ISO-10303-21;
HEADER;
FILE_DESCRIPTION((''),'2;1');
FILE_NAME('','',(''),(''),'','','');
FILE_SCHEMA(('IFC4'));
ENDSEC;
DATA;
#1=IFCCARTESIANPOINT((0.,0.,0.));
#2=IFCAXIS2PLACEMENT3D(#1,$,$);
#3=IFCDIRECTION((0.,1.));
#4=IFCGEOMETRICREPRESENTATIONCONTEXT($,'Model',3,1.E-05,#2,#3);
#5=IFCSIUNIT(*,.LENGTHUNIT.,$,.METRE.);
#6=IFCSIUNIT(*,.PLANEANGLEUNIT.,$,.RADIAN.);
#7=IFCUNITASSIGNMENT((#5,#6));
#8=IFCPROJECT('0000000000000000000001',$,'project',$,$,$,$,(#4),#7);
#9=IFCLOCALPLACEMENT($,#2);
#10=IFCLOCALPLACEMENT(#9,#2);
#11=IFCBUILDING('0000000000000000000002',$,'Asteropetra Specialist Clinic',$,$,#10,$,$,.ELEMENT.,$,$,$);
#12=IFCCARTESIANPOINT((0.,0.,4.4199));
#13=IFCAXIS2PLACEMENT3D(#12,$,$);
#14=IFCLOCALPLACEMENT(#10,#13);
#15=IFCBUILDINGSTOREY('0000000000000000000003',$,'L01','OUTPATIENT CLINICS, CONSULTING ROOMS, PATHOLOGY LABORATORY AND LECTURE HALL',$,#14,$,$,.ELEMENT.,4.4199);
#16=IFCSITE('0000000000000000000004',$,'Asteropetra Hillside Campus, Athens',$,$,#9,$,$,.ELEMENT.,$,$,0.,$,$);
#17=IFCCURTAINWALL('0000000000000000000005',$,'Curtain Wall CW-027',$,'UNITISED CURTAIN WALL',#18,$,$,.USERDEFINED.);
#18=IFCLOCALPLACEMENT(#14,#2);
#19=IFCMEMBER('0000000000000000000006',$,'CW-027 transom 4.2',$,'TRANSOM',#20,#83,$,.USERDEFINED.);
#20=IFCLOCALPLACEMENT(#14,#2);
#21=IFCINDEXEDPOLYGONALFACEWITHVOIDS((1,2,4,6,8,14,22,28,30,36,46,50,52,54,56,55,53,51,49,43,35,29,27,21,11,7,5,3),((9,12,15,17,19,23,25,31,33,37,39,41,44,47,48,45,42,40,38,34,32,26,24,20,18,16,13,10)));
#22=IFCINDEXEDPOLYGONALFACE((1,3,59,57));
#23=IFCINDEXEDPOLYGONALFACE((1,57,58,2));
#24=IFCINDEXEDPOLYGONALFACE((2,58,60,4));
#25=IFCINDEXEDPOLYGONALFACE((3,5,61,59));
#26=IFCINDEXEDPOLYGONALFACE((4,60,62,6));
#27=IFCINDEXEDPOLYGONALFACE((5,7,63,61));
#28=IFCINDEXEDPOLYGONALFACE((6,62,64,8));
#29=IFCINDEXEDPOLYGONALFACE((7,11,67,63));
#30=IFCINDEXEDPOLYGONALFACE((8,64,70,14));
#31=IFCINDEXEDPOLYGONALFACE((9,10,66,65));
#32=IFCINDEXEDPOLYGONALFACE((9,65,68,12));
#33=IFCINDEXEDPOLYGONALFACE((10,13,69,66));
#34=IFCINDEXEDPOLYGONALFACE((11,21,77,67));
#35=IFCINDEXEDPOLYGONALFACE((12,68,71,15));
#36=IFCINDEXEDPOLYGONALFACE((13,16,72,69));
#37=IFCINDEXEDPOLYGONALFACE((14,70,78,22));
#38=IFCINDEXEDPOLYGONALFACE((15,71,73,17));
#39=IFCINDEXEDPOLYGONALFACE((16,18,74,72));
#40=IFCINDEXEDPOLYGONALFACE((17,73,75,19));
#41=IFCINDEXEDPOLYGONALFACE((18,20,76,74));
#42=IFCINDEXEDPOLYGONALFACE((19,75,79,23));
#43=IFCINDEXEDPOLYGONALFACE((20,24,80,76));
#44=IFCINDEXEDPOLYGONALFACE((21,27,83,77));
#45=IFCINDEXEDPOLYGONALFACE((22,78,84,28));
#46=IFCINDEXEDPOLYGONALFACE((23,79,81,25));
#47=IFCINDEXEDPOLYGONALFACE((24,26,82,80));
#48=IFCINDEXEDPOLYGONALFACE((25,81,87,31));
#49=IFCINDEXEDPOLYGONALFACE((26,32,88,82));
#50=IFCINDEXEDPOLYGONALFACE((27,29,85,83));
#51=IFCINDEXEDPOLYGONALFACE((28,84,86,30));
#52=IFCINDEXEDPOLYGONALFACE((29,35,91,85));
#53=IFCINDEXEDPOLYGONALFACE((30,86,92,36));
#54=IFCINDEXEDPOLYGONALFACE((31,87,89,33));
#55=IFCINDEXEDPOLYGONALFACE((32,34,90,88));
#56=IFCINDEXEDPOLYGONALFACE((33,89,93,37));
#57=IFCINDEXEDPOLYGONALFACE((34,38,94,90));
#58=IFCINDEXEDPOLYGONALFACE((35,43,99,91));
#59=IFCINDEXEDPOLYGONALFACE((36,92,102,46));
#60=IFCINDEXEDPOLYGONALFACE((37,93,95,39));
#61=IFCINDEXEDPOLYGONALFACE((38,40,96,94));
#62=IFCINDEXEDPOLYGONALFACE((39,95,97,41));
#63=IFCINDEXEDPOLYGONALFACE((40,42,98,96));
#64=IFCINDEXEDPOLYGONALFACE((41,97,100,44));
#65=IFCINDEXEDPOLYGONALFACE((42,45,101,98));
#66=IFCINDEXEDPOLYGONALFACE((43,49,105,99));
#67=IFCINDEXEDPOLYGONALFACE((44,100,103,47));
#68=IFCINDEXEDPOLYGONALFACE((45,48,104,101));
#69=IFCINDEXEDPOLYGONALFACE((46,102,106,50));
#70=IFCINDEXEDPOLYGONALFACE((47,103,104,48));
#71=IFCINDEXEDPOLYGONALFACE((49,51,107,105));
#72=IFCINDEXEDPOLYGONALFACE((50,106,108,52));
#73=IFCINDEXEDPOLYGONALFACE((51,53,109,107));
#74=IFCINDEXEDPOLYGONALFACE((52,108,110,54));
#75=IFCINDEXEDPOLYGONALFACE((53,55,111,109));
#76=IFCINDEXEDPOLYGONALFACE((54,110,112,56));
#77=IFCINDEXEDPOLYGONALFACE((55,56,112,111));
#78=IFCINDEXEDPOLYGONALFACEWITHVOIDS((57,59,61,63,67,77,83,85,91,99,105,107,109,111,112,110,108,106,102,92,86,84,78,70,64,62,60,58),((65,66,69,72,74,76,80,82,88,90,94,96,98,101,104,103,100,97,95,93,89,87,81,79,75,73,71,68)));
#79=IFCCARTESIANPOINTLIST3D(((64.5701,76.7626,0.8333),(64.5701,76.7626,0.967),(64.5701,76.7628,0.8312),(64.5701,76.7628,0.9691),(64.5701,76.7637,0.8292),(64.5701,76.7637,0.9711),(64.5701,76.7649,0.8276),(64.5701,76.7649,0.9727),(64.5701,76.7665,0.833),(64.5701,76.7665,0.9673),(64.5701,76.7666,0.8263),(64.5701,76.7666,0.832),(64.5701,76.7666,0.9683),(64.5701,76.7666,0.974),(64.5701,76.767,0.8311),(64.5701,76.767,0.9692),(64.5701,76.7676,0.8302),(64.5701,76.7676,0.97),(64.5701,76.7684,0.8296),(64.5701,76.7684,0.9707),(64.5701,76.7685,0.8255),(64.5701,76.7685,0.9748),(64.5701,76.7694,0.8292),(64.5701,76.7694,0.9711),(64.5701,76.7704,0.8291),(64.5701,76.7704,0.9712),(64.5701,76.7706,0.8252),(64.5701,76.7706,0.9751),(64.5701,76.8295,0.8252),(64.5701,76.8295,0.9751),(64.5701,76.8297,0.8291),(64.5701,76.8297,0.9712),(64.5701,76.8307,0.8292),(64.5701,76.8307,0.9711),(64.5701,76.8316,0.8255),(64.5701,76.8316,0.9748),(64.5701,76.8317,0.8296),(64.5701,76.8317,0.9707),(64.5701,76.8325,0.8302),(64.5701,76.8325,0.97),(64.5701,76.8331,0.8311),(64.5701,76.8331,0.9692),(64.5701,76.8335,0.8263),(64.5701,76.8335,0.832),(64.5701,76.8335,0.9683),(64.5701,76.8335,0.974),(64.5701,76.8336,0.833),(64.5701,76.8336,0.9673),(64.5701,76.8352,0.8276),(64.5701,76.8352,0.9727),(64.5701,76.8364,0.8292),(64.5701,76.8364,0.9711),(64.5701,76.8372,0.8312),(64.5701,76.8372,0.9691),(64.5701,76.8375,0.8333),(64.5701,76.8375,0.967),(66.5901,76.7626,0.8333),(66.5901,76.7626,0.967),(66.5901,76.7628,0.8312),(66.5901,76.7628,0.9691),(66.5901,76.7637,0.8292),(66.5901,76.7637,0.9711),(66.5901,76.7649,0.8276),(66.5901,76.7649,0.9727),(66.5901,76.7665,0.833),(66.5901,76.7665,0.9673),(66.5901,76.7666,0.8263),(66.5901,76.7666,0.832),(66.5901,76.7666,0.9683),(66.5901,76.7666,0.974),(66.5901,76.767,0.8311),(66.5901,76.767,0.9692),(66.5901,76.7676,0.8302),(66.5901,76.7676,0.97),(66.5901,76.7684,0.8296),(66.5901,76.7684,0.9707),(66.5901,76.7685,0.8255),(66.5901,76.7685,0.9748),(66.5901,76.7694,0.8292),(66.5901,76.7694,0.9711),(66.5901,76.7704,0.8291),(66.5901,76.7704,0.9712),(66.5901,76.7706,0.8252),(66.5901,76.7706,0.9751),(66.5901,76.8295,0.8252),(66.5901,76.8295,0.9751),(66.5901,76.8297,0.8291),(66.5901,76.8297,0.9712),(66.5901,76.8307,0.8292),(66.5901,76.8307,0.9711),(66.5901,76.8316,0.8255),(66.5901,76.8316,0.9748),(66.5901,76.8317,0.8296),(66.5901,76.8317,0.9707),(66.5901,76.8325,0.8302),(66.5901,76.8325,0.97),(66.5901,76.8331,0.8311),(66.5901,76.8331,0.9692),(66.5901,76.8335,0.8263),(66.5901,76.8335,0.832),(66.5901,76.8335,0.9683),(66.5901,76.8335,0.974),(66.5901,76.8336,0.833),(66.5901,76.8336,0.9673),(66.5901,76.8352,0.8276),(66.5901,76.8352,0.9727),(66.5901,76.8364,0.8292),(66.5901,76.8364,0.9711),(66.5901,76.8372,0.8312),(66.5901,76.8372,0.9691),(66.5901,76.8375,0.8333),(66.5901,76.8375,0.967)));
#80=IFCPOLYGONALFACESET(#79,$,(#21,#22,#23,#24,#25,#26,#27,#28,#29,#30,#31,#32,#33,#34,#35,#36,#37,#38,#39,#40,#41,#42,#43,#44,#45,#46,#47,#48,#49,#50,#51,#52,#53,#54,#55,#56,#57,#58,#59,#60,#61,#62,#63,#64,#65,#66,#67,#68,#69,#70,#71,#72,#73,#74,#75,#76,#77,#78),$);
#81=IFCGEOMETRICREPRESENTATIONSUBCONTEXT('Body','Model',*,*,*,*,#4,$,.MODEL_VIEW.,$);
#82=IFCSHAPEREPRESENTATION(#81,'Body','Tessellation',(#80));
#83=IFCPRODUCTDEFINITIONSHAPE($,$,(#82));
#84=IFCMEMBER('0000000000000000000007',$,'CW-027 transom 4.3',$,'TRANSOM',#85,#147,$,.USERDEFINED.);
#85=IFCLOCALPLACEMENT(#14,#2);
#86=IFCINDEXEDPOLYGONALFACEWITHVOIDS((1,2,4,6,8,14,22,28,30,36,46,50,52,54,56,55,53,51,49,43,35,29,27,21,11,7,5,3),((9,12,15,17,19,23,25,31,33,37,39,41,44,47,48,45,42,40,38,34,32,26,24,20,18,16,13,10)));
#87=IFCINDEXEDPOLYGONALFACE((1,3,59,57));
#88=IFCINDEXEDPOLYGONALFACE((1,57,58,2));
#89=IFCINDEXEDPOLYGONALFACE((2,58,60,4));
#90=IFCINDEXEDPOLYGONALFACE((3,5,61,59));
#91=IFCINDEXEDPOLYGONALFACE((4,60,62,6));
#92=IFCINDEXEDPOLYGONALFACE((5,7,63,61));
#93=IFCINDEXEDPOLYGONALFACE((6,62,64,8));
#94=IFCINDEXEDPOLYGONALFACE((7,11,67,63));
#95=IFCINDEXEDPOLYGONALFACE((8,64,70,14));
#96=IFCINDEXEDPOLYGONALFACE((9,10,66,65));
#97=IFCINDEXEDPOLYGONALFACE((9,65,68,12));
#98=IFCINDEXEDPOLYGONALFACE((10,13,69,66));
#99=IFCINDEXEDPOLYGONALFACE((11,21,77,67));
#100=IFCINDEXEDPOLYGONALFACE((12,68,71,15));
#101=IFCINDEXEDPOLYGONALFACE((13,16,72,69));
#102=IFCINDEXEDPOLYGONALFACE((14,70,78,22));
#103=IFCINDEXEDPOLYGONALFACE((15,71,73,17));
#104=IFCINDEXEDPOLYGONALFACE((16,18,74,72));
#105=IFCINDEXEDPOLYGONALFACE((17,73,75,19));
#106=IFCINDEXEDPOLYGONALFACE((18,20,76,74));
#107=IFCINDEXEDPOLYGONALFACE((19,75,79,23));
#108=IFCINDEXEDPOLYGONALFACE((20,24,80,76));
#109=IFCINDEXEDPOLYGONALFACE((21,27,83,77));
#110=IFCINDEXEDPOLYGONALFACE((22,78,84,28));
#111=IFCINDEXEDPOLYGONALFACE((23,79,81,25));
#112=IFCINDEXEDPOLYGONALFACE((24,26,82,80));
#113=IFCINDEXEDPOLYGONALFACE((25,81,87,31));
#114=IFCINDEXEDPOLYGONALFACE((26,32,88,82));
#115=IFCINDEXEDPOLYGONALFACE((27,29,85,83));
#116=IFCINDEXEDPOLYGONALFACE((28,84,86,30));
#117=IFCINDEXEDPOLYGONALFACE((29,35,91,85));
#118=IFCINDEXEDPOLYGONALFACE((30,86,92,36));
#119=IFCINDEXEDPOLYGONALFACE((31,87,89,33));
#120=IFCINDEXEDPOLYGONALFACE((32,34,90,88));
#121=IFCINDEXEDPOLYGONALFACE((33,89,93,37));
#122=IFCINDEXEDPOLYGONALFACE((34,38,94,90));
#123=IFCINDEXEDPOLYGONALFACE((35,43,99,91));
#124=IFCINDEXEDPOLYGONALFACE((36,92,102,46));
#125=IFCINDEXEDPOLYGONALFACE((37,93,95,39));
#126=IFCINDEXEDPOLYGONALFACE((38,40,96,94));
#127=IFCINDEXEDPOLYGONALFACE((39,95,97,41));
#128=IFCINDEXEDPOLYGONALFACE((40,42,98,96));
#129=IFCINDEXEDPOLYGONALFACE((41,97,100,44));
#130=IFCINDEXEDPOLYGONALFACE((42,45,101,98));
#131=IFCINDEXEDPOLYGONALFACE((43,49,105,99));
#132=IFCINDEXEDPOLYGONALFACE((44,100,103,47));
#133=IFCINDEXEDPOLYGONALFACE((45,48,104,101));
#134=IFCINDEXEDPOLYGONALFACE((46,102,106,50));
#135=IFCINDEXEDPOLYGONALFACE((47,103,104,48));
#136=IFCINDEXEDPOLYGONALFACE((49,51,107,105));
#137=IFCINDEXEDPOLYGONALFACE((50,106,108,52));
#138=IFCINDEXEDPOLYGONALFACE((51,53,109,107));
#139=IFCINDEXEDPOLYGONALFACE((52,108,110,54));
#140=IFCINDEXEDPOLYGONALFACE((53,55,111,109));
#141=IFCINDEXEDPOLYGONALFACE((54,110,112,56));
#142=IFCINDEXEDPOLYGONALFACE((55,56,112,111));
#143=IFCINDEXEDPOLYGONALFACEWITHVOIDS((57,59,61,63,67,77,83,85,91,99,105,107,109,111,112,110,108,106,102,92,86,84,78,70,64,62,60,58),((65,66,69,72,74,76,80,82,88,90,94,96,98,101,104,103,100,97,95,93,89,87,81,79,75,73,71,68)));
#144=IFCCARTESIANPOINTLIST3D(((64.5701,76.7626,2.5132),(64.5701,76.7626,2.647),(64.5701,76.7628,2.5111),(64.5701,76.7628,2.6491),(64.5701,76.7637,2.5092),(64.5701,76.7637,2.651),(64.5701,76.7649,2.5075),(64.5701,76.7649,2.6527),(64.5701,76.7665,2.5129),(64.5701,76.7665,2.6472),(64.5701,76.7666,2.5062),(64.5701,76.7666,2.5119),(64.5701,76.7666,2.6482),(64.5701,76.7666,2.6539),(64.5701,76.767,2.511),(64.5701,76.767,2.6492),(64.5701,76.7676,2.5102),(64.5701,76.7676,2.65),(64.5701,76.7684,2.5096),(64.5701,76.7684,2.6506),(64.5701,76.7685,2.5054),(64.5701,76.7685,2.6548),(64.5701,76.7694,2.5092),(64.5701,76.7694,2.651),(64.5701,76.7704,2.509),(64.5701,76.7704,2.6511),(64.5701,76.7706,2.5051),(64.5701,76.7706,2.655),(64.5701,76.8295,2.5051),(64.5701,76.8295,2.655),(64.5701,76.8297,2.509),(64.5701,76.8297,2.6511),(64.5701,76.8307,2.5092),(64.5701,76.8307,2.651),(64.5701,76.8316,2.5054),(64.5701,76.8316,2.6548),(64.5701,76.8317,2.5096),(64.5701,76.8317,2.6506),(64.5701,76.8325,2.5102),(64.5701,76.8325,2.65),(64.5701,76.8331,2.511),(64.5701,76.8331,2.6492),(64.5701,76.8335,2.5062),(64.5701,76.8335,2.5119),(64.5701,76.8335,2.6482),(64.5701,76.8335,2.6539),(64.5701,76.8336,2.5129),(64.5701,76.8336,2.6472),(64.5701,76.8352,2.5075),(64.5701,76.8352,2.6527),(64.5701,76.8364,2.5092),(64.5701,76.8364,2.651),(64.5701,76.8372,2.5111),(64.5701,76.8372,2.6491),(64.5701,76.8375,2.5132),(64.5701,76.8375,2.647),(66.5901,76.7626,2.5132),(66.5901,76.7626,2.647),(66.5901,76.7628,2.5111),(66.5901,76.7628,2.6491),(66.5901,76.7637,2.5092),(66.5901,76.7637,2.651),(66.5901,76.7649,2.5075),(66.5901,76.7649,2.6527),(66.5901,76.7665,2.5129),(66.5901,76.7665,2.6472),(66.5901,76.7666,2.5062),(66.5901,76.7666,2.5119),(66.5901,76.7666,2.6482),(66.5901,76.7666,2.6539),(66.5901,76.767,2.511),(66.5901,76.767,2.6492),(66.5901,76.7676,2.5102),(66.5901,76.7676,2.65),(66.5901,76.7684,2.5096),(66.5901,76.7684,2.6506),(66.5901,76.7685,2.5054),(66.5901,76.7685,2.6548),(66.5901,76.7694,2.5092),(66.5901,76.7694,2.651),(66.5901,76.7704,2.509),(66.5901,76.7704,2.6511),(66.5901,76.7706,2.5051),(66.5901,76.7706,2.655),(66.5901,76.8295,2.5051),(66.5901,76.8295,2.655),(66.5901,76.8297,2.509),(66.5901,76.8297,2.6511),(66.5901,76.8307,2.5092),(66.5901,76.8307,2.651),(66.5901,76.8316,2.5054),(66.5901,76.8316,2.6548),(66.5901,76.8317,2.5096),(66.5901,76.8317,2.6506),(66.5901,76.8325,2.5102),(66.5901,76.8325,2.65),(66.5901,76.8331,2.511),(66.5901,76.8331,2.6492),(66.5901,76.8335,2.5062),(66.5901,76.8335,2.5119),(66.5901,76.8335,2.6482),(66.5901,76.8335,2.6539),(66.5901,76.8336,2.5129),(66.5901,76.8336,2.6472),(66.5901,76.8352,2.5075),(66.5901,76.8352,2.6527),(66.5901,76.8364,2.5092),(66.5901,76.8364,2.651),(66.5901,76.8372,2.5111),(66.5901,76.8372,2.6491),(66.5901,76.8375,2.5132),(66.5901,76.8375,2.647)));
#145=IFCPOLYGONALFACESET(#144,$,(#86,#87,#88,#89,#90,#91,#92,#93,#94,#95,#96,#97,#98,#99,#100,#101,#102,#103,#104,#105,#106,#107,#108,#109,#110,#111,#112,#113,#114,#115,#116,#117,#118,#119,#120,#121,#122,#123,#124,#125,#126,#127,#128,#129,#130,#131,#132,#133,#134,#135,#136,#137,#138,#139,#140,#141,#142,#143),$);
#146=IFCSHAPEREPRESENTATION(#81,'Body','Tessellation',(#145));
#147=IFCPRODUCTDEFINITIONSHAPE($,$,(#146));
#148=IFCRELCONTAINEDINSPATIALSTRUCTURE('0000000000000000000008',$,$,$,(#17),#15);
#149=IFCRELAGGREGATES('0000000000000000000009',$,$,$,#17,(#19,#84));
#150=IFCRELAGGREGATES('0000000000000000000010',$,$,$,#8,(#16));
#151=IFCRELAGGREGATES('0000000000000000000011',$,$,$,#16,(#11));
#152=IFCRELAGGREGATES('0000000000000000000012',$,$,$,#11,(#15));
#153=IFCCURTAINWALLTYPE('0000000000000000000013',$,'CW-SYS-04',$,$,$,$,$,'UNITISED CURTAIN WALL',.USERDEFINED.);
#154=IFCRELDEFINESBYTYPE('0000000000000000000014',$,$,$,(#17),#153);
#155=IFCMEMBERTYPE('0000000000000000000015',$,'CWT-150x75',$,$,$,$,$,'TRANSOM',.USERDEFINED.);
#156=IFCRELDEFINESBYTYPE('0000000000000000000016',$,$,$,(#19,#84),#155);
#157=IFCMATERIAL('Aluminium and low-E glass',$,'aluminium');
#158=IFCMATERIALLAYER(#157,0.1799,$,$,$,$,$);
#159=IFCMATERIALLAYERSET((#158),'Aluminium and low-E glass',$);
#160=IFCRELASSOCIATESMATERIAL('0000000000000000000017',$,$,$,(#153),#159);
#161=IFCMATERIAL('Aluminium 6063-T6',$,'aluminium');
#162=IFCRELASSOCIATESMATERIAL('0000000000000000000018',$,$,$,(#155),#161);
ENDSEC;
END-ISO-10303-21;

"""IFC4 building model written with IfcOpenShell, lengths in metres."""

from ifc_helpers import new_model, si_unit, direction, frame, origin, origin_2d, place, context, subcontext, project, spatial, hollow_rectangle, extrude, material, layer, layer_set, material_profile, profile_set, type_object, element, aggregate, save


model = new_model("IFC4")

# Units and contexts
model_context = context("Model", 3, precision=1e-05, world=origin(), true_north=direction((0.0, 1.0)))
body_context = subcontext(model_context, "Body", "Model", "MODEL_VIEW")
ifc_project = project(units=[si_unit("LENGTHUNIT", "METRE"), si_unit("PLANEANGLEUNIT", "RADIAN")], contexts=[model_context])

# Site, building, storey
site_placement = place(None, origin())
site = spatial("IfcSite", under=ifc_project, at=site_placement, Name="Asteropetra Hillside Campus, Athens", CompositionType="ELEMENT", RefElevation=0.0)
building_placement = place(site_placement, origin())
building = spatial("IfcBuilding", under=site, at=building_placement, Name="Asteropetra Specialist Clinic", CompositionType="ELEMENT")
storey_placement = place(building_placement, frame((0.0, 0.0, 4.4199)))
storey = spatial("IfcBuildingStorey", under=building, at=storey_placement, Name="L01", Description="OUTPATIENT CLINICS, CONSULTING ROOMS, PATHOLOGY LABORATORY AND LECTURE HALL", CompositionType="ELEMENT", Elevation=4.4199)

# Curtain wall, members
ifc_material_1 = material(Name="Aluminium and low-E glass", Category="aluminium")
ifc_layer_1 = layer(ifc_material_1, 0.1799)
ifc_layer_set_1 = layer_set([ifc_layer_1], Name="Aluminium and low-E glass")
curtain_wall_type = type_object("IfcCurtainWallType", Name="CW-SYS-04", ElementType="UNITISED CURTAIN WALL", PredefinedType="USERDEFINED", material=ifc_layer_set_1)
curtain_wall_placement = place(storey_placement, origin())
curtain_wall = element("IfcCurtainWall", 1, at=curtain_wall_placement, inside=storey, type_object=curtain_wall_type, Name="Curtain Wall CW-027", ObjectType="UNITISED CURTAIN WALL", PredefinedType="USERDEFINED")
ifc_material_2 = material(Name="Aluminium 6063-T6", Category="aluminium")
ifc_material_profile_1 = material_profile(ifc_material_2, hollow_rectangle(XDim=0.075, YDim=0.1499, WallThickness=0.0039, InnerFilletRadius=0.0039, OuterFilletRadius=0.0081, at=origin_2d()), Name="TRN 150x75x4.0")
ifc_profile_set_1 = profile_set([ifc_material_profile_1], Name="Aluminium 6063-T6")
member_type_1 = type_object("IfcMemberType", Name="CWT-150x75", ElementType="TRANSOM", PredefinedType="USERDEFINED", material=ifc_profile_set_1)
member_1_placement = place(storey_placement, frame((64.5701, 76.8, 0.9001), z_axis=(1.0, 0.0, 0.0), x_axis=(0.0, 1.0, 0.0)))
member_1 = element("IfcMember", 2, at=member_1_placement, type_object=member_type_1, Name="CW-027 transom 4.2", ObjectType="TRANSOM", PredefinedType="USERDEFINED", context=body_context, shape_type="SweptSolid", body=[
    extrude(hollow_rectangle(XDim=0.075, YDim=0.1499, WallThickness=0.0039, InnerFilletRadius=0.0039, OuterFilletRadius=0.0081, at=origin_2d()), origin(), (0.0, 0.0, 1.0), 2.02),
])
member_2_placement = place(storey_placement, frame((64.5701, 76.8, 2.5801), z_axis=(1.0, 0.0, 0.0), x_axis=(0.0, 1.0, 0.0)))
member_2 = element("IfcMember", 3, at=member_2_placement, type_object=member_type_1, Name="CW-027 transom 4.3", ObjectType="TRANSOM", PredefinedType="USERDEFINED", context=body_context, shape_type="SweptSolid", body=[
    extrude(hollow_rectangle(XDim=0.075, YDim=0.1499, WallThickness=0.0039, InnerFilletRadius=0.0039, OuterFilletRadius=0.0081, at=origin_2d()), origin(), (0.0, 0.0, 1.0), 2.02),
])
aggregate(curtain_wall, [member_1, member_2])

save(model, "model.ifc")
